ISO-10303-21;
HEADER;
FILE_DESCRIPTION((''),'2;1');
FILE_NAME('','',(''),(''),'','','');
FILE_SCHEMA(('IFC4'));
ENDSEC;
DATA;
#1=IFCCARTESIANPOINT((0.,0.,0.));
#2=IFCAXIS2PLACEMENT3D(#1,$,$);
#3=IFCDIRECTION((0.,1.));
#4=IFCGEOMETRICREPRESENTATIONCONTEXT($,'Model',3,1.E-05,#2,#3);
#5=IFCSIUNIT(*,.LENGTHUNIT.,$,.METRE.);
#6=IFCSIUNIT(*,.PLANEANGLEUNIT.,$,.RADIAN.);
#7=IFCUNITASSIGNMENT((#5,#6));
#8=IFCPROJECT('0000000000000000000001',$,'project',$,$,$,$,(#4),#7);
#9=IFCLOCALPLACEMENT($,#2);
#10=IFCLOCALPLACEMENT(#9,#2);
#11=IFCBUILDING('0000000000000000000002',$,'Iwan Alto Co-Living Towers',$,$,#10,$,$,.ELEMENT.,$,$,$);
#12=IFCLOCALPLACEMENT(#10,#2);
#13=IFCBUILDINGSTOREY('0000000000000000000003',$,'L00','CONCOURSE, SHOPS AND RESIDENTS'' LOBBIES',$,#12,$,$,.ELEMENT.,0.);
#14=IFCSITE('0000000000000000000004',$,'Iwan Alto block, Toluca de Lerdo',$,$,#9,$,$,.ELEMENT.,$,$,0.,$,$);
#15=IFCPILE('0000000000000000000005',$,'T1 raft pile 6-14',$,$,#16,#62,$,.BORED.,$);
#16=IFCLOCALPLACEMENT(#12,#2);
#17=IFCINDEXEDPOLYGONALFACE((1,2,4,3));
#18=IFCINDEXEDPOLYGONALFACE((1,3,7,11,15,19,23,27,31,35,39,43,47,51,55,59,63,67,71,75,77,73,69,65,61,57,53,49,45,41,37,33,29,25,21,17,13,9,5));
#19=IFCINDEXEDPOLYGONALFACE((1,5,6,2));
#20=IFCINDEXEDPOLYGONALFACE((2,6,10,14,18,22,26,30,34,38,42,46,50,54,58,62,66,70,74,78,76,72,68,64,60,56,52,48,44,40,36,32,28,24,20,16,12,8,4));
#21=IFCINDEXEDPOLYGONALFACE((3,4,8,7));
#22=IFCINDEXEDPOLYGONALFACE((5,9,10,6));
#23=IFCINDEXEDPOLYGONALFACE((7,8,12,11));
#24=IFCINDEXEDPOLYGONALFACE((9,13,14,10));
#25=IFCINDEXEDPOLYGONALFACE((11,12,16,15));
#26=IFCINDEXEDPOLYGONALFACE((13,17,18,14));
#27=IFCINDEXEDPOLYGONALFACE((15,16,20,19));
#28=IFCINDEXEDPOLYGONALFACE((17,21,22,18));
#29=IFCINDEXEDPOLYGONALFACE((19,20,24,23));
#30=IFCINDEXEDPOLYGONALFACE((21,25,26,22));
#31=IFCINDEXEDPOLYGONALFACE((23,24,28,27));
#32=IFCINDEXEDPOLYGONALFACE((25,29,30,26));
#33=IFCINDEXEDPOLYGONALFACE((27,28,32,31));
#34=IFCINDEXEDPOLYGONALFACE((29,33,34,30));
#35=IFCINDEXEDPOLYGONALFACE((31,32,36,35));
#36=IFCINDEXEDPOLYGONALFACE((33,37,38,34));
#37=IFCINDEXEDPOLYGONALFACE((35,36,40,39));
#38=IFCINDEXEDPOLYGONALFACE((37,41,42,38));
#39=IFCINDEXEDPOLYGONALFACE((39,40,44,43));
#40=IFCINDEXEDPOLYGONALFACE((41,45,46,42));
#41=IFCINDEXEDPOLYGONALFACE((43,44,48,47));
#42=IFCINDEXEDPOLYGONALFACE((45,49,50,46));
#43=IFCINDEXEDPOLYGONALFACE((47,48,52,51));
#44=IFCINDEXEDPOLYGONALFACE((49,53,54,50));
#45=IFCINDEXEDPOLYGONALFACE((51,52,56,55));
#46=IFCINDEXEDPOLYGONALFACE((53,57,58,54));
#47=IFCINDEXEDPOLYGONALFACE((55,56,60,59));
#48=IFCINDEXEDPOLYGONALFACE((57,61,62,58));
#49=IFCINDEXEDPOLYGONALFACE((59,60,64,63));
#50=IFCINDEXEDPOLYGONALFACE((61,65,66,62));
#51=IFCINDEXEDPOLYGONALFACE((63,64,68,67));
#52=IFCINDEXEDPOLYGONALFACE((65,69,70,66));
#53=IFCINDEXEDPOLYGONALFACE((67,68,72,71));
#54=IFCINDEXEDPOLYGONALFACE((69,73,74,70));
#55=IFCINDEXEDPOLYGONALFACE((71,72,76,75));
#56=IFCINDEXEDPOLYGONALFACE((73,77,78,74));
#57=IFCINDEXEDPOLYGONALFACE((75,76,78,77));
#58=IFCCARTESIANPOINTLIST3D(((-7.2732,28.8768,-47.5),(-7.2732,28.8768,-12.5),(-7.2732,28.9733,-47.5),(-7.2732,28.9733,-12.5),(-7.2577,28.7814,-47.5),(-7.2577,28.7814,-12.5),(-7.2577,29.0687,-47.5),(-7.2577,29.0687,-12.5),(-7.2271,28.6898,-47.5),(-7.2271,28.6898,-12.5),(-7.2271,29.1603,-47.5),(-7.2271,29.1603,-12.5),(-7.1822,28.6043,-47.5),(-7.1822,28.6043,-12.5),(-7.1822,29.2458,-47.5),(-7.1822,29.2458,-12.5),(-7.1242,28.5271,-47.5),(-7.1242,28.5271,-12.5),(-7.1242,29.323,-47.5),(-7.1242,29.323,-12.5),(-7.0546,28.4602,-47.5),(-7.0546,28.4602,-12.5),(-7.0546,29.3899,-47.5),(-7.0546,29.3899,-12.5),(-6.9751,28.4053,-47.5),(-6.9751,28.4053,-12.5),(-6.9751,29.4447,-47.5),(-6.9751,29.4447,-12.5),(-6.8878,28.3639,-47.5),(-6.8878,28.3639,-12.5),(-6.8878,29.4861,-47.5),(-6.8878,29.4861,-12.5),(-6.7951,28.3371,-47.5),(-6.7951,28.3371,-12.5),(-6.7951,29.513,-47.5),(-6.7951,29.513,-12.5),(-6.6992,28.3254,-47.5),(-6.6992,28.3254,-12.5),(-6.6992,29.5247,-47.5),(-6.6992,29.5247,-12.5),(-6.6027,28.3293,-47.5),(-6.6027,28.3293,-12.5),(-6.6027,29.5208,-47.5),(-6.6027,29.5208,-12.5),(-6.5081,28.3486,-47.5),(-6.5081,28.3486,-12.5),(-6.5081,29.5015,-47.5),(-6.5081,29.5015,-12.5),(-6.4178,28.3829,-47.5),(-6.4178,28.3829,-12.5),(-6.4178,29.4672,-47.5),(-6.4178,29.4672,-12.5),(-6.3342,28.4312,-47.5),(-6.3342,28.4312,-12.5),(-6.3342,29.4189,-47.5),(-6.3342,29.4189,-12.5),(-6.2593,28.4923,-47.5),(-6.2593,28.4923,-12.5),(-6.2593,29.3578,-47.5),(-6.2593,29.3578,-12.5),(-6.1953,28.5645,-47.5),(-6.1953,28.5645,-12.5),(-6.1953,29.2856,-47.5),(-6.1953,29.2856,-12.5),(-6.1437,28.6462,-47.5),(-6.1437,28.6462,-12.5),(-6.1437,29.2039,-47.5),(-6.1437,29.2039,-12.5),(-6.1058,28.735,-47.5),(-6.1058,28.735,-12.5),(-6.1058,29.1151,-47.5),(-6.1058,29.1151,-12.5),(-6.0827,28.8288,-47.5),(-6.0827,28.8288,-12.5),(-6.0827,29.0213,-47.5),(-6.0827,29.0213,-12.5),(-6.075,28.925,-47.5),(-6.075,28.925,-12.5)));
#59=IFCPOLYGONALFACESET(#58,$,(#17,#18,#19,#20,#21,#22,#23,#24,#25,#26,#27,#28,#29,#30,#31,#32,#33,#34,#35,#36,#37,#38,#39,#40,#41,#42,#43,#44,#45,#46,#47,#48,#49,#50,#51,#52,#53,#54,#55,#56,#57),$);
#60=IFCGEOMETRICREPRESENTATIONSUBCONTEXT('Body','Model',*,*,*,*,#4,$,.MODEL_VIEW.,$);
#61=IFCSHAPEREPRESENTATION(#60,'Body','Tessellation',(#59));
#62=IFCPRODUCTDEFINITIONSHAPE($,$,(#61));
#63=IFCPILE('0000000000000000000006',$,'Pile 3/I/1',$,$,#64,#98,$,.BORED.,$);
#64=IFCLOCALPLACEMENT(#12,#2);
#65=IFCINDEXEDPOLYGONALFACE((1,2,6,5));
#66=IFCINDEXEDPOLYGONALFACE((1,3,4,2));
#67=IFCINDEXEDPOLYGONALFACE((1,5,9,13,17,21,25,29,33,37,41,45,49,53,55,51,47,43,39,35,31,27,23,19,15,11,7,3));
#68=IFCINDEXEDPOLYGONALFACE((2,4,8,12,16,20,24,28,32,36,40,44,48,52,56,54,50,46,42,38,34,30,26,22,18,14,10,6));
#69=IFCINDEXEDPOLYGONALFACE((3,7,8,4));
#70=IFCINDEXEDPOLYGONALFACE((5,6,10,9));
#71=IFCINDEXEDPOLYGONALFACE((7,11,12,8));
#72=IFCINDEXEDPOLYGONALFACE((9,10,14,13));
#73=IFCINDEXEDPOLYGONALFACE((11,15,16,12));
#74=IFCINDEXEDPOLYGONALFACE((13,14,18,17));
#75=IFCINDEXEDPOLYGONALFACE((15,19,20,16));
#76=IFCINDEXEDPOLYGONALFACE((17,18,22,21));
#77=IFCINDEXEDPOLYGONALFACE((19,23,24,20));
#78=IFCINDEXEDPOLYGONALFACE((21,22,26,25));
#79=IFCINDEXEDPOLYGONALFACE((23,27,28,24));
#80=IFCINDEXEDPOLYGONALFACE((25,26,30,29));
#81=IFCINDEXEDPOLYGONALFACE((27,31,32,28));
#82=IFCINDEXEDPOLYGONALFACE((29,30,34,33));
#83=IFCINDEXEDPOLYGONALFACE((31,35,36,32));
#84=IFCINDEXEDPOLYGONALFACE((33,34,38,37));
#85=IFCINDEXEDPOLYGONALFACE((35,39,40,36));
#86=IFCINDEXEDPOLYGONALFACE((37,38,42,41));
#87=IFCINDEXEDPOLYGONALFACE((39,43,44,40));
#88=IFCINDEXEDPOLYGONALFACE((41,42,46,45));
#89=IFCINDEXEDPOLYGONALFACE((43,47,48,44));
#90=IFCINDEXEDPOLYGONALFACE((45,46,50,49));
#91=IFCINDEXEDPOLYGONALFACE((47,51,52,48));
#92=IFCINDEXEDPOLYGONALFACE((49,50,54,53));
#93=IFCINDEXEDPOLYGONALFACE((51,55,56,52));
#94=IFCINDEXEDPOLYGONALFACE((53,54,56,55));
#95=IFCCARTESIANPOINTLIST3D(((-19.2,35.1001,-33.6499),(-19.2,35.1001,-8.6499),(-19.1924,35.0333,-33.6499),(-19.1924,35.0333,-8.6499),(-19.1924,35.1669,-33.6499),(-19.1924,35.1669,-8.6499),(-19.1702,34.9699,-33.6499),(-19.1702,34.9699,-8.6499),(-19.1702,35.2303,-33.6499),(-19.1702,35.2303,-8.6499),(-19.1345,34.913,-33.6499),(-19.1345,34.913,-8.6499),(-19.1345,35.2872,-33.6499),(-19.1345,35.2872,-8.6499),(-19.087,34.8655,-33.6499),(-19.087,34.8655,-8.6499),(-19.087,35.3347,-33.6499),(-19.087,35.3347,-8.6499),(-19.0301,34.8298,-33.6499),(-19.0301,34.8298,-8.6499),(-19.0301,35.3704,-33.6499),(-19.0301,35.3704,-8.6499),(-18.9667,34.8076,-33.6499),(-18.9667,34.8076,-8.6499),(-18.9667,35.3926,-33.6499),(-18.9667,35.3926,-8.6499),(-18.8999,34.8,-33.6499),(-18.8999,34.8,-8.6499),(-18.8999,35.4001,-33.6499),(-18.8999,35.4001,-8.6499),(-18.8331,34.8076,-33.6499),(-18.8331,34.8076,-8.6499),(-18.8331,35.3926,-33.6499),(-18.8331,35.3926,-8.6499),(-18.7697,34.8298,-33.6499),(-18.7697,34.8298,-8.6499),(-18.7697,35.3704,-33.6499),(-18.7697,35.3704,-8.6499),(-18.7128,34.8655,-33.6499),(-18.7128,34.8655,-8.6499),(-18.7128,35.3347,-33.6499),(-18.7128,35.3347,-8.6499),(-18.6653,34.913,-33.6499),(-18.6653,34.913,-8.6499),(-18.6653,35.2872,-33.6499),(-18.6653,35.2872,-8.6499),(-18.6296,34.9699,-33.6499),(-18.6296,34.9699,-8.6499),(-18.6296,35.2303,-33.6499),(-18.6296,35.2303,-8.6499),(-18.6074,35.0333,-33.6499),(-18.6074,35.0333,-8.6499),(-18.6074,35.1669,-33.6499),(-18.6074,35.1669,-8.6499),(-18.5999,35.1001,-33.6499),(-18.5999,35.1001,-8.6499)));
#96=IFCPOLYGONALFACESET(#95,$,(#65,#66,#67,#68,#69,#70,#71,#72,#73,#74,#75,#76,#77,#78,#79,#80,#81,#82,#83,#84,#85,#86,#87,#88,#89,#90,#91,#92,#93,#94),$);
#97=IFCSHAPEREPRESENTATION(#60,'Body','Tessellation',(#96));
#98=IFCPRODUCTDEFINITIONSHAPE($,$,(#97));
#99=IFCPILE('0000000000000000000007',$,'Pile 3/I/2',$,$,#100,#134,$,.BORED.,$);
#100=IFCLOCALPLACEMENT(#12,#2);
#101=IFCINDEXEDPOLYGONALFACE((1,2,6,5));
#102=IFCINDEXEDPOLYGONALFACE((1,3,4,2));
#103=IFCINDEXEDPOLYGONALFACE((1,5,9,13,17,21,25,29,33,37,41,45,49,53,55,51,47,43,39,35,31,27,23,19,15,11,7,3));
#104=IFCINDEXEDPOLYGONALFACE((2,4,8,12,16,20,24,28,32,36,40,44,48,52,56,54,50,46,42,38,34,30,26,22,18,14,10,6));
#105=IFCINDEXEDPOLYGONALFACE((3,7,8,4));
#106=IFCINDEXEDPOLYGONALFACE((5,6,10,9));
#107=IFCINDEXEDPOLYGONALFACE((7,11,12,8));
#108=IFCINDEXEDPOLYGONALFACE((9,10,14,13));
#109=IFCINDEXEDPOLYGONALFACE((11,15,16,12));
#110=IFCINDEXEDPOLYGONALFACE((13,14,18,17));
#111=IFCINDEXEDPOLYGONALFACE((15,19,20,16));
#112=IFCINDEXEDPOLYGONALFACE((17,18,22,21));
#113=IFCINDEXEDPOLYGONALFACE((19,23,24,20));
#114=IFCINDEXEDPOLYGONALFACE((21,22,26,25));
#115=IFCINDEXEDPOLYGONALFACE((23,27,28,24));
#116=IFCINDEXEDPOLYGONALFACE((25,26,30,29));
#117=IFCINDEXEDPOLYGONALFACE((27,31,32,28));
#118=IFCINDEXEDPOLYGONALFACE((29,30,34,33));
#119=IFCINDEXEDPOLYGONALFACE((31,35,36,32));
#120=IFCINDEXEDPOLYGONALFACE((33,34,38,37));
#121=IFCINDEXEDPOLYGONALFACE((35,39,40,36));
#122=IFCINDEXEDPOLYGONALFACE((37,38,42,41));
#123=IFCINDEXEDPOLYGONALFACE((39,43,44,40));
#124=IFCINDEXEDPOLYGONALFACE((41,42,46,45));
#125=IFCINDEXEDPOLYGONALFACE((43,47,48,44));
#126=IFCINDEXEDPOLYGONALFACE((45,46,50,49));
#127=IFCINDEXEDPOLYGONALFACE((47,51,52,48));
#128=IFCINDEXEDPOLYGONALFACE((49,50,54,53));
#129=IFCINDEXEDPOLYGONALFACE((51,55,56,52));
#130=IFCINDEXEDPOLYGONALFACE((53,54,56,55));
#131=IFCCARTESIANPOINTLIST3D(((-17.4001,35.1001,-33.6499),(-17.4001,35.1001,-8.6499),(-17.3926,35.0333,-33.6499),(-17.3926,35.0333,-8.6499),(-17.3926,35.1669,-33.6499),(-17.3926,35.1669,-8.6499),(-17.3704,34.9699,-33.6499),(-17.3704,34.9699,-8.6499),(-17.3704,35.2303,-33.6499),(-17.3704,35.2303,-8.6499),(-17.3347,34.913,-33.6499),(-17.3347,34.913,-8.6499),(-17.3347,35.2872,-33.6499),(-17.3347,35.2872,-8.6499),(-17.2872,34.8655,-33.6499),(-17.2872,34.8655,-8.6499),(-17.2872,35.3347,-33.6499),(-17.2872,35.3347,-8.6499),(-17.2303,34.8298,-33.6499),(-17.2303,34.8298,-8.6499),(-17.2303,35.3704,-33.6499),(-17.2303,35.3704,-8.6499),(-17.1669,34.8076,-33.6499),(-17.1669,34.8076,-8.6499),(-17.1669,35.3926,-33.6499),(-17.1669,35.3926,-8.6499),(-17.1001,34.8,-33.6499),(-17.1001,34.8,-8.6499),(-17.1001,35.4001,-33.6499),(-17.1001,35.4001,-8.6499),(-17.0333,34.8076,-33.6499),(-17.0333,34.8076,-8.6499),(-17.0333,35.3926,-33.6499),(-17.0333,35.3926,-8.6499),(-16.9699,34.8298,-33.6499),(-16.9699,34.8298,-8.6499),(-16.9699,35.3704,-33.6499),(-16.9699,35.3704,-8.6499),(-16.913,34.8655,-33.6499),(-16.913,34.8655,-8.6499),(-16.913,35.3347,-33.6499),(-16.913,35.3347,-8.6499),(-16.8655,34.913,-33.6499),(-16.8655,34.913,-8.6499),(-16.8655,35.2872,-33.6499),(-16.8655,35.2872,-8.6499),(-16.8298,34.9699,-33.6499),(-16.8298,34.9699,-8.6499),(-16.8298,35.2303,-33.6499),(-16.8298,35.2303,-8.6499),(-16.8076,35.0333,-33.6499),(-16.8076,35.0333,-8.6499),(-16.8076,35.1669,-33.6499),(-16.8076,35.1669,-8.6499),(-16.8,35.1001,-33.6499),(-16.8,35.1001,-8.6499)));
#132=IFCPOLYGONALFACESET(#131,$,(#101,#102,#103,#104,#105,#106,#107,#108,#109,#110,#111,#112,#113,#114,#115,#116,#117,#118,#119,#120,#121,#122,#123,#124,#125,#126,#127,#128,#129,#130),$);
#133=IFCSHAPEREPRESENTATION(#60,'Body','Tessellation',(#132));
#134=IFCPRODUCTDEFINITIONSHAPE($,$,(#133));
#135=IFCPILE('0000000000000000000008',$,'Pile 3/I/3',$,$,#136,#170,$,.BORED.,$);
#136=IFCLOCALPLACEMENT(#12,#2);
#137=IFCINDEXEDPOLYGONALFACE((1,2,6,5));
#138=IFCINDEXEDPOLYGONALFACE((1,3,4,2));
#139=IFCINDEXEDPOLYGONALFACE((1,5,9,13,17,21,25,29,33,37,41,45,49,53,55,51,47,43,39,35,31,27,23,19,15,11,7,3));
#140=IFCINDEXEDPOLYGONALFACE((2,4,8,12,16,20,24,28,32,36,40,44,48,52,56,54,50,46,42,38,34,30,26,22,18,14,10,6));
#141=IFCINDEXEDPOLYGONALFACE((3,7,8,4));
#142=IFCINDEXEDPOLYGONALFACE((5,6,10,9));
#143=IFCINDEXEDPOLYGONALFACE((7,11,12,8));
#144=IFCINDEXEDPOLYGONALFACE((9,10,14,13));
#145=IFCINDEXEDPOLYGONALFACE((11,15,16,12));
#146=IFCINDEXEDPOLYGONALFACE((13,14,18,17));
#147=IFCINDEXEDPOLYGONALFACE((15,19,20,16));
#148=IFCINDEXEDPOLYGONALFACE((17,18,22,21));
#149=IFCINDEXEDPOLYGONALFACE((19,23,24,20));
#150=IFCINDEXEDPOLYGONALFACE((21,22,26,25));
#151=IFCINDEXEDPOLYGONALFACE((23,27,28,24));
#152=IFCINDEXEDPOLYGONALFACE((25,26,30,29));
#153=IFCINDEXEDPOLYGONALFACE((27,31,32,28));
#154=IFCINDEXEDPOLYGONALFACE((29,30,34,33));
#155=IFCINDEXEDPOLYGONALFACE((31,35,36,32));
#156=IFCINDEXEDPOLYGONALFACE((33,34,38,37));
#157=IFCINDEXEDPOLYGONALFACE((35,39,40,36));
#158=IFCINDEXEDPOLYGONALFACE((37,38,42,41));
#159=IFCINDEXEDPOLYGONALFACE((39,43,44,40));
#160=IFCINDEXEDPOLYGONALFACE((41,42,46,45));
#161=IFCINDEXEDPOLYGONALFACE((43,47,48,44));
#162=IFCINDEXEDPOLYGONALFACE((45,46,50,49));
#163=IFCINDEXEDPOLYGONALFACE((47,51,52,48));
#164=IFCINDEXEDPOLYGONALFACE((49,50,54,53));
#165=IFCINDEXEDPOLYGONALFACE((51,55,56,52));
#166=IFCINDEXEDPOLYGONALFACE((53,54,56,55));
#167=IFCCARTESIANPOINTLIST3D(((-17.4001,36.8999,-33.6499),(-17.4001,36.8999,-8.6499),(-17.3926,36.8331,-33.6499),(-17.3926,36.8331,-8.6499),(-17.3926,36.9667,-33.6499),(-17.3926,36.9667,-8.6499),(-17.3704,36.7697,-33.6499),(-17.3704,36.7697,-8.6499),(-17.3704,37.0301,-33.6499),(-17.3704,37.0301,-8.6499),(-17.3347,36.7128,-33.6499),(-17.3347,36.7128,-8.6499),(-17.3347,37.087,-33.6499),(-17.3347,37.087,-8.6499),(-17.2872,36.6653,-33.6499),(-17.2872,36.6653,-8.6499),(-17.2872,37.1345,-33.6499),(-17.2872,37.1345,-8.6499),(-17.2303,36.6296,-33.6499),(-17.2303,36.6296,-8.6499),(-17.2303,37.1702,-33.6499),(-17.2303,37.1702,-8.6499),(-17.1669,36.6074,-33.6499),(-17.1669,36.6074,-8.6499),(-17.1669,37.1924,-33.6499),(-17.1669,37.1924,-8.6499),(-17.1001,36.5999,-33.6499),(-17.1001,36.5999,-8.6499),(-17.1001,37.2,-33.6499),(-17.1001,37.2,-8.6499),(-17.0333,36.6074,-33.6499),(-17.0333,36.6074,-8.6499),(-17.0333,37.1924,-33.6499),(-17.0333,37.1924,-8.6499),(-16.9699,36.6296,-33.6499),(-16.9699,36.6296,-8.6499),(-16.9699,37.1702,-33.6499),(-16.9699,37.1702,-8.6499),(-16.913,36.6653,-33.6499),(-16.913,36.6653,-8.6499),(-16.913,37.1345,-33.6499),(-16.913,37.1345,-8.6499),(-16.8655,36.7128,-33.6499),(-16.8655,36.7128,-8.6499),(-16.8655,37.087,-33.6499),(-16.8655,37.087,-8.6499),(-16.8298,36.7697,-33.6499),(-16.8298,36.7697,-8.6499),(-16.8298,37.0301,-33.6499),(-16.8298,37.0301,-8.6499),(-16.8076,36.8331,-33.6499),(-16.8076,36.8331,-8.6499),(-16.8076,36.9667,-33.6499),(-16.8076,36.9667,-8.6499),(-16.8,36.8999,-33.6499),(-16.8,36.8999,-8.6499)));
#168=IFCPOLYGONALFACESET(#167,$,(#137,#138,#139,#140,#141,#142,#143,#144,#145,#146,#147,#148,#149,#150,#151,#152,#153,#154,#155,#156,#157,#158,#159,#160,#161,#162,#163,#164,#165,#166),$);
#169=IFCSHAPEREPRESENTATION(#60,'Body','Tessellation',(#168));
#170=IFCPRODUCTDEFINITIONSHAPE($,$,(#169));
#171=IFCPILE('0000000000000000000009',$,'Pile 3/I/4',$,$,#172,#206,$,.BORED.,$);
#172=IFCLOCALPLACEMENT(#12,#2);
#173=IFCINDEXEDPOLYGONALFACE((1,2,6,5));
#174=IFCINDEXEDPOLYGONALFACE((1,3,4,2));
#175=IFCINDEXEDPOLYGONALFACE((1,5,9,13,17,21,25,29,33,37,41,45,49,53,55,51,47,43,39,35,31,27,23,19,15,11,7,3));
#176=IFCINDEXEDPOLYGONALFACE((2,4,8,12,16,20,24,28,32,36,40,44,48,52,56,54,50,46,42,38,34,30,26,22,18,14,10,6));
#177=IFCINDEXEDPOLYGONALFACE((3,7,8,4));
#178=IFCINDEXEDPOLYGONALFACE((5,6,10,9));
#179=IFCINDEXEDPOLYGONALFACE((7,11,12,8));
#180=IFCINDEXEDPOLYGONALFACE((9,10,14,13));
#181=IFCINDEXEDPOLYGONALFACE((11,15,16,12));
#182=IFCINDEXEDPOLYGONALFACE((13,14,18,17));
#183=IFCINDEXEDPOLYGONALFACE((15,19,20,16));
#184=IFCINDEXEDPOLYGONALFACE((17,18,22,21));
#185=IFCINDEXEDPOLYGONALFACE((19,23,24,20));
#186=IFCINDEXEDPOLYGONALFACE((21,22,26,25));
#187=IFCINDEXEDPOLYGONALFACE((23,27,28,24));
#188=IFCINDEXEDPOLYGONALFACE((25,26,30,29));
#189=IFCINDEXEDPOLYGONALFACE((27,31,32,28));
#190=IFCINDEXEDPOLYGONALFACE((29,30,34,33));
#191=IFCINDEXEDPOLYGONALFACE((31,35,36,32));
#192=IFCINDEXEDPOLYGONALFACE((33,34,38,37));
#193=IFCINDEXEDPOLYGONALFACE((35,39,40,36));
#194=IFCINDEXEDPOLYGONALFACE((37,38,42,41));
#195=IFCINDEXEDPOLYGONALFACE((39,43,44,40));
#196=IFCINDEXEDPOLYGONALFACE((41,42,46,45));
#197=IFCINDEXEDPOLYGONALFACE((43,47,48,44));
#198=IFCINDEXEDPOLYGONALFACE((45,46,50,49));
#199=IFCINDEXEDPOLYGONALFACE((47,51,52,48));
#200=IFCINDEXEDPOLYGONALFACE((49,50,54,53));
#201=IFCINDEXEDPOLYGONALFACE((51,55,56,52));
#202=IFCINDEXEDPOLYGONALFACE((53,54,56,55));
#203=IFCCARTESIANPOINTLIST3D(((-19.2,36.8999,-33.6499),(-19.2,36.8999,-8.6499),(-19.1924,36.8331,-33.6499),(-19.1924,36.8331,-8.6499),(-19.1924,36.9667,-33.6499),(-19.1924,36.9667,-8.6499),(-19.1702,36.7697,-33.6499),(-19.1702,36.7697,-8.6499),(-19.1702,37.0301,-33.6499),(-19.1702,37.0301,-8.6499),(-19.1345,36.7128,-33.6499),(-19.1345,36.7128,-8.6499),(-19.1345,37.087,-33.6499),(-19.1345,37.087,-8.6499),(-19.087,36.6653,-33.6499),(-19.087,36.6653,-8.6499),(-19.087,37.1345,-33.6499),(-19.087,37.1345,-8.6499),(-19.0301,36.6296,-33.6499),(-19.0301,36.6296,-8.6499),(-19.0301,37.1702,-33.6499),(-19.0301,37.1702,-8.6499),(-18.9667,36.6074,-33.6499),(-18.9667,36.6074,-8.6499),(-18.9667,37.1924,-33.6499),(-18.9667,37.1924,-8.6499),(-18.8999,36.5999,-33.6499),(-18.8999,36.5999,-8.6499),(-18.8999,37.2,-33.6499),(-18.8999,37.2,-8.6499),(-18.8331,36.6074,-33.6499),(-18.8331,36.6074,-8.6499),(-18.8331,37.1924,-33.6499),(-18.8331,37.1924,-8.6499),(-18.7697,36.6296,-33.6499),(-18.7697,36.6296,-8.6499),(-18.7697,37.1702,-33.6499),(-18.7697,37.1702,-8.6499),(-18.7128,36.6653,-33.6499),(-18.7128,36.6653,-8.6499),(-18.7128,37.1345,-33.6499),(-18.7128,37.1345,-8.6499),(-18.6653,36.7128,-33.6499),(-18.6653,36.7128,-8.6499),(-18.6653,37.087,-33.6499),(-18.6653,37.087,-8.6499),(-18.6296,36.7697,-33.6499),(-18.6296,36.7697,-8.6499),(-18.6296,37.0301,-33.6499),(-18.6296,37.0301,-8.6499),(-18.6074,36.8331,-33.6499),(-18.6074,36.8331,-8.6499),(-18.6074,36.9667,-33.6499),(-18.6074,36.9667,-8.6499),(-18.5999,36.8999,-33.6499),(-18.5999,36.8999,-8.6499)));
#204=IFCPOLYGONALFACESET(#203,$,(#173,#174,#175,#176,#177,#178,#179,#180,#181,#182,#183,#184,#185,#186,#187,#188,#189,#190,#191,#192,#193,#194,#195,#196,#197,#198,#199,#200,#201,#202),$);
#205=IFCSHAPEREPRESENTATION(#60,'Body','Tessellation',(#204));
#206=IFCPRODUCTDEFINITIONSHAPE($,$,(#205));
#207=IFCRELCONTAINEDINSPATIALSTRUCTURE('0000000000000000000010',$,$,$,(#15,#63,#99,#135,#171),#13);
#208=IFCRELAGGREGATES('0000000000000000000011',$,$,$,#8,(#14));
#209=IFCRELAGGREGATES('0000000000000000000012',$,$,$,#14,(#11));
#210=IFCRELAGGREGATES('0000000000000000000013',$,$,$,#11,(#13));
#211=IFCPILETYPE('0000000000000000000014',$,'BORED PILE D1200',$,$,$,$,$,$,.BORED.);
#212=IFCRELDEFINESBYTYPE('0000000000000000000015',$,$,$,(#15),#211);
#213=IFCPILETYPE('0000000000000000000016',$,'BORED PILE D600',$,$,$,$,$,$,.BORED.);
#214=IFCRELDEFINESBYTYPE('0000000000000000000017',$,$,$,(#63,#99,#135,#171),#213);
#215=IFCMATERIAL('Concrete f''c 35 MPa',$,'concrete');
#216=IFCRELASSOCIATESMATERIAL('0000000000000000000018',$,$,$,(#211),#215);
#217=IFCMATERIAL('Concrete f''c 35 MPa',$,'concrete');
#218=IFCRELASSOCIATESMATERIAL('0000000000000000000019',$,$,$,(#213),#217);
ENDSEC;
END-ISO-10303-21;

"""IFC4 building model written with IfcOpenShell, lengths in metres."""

from ifc_helpers import new_model, si_unit, direction, frame, origin, origin_2d, place, context, subcontext, project, spatial, circle, extrude, material, material_profile, profile_set, type_object, element, save


model = new_model("IFC4")

# Units and contexts
model_context = context("Model", 3, precision=1e-05, world=origin(), true_north=direction((0.0, 1.0)))
body_context = subcontext(model_context, "Body", "Model", "MODEL_VIEW")
ifc_project = project(units=[si_unit("LENGTHUNIT", "METRE"), si_unit("PLANEANGLEUNIT", "RADIAN")], contexts=[model_context])

# Site, building, storey
site_placement = place(None, origin())
site = spatial("IfcSite", under=ifc_project, at=site_placement, Name="Iwan Alto block, Toluca de Lerdo", CompositionType="ELEMENT", RefElevation=0.0)
building_placement = place(site_placement, origin())
building = spatial("IfcBuilding", under=site, at=building_placement, Name="Iwan Alto Co-Living Towers", CompositionType="ELEMENT")
storey_placement = place(building_placement, origin())
storey = spatial("IfcBuildingStorey", under=building, at=storey_placement, Name="L00", Description="CONCOURSE, SHOPS AND RESIDENTS' LOBBIES", CompositionType="ELEMENT", Elevation=0.0)

# Piles
ifc_material_1 = material(Name="Concrete f'c 35 MPa", Category="concrete")
ifc_material_profile_1 = material_profile(ifc_material_1, circle(Radius=0.6001, at=origin_2d()), Name="D1200")
ifc_profile_set_1 = profile_set([ifc_material_profile_1], Name="Concrete f'c 35 MPa")
pile_type_1 = type_object("IfcPileType", Name="BORED PILE D1200", PredefinedType="BORED", material=ifc_profile_set_1)
for number, where, z_axis, x_axis, name in (
    (1, (-6.675, 28.925, -12.5), (0.0, 0.0, -1.0), (1.0, 0.0, 0.0), "T1 raft pile 6-14"),
):
    element("IfcPile", number, at=place(storey_placement, frame(where, z_axis=z_axis, x_axis=x_axis)), inside=storey, type_object=pile_type_1, Name=name, PredefinedType="BORED", context=body_context, shape_type="SweptSolid", body=[
        extrude(circle(Radius=0.6001, at=origin_2d()), origin(), (0.0, 0.0, 1.0), 35.0),
    ])
ifc_material_2 = material(Name="Concrete f'c 35 MPa", Category="concrete")
ifc_material_profile_2 = material_profile(ifc_material_2, circle(Radius=0.3, at=origin_2d()), Name="D600")
ifc_profile_set_2 = profile_set([ifc_material_profile_2], Name="Concrete f'c 35 MPa")
pile_type_2 = type_object("IfcPileType", Name="BORED PILE D600", PredefinedType="BORED", material=ifc_profile_set_2)
for number, where, z_axis, x_axis, name in (
    (2, (-18.8999, 35.1001, -8.6499), (0.0, 0.0, -1.0), (1.0, 0.0, 0.0), "Pile 3/I/1"),
    (3, (-17.1001, 35.1001, -8.6499), (0.0, 0.0, -1.0), (1.0, 0.0, 0.0), "Pile 3/I/2"),
    (4, (-17.1001, 36.8999, -8.6499), (0.0, 0.0, -1.0), (1.0, 0.0, 0.0), "Pile 3/I/3"),
    (5, (-18.8999, 36.8999, -8.6499), (0.0, 0.0, -1.0), (1.0, 0.0, 0.0), "Pile 3/I/4"),
):
    element("IfcPile", number, at=place(storey_placement, frame(where, z_axis=z_axis, x_axis=x_axis)), inside=storey, type_object=pile_type_2, Name=name, PredefinedType="BORED", context=body_context, shape_type="SweptSolid", body=[
        extrude(circle(Radius=0.3, at=origin_2d()), origin(), (0.0, 0.0, 1.0), 25.0),
    ])

save(model, "model.ifc")
